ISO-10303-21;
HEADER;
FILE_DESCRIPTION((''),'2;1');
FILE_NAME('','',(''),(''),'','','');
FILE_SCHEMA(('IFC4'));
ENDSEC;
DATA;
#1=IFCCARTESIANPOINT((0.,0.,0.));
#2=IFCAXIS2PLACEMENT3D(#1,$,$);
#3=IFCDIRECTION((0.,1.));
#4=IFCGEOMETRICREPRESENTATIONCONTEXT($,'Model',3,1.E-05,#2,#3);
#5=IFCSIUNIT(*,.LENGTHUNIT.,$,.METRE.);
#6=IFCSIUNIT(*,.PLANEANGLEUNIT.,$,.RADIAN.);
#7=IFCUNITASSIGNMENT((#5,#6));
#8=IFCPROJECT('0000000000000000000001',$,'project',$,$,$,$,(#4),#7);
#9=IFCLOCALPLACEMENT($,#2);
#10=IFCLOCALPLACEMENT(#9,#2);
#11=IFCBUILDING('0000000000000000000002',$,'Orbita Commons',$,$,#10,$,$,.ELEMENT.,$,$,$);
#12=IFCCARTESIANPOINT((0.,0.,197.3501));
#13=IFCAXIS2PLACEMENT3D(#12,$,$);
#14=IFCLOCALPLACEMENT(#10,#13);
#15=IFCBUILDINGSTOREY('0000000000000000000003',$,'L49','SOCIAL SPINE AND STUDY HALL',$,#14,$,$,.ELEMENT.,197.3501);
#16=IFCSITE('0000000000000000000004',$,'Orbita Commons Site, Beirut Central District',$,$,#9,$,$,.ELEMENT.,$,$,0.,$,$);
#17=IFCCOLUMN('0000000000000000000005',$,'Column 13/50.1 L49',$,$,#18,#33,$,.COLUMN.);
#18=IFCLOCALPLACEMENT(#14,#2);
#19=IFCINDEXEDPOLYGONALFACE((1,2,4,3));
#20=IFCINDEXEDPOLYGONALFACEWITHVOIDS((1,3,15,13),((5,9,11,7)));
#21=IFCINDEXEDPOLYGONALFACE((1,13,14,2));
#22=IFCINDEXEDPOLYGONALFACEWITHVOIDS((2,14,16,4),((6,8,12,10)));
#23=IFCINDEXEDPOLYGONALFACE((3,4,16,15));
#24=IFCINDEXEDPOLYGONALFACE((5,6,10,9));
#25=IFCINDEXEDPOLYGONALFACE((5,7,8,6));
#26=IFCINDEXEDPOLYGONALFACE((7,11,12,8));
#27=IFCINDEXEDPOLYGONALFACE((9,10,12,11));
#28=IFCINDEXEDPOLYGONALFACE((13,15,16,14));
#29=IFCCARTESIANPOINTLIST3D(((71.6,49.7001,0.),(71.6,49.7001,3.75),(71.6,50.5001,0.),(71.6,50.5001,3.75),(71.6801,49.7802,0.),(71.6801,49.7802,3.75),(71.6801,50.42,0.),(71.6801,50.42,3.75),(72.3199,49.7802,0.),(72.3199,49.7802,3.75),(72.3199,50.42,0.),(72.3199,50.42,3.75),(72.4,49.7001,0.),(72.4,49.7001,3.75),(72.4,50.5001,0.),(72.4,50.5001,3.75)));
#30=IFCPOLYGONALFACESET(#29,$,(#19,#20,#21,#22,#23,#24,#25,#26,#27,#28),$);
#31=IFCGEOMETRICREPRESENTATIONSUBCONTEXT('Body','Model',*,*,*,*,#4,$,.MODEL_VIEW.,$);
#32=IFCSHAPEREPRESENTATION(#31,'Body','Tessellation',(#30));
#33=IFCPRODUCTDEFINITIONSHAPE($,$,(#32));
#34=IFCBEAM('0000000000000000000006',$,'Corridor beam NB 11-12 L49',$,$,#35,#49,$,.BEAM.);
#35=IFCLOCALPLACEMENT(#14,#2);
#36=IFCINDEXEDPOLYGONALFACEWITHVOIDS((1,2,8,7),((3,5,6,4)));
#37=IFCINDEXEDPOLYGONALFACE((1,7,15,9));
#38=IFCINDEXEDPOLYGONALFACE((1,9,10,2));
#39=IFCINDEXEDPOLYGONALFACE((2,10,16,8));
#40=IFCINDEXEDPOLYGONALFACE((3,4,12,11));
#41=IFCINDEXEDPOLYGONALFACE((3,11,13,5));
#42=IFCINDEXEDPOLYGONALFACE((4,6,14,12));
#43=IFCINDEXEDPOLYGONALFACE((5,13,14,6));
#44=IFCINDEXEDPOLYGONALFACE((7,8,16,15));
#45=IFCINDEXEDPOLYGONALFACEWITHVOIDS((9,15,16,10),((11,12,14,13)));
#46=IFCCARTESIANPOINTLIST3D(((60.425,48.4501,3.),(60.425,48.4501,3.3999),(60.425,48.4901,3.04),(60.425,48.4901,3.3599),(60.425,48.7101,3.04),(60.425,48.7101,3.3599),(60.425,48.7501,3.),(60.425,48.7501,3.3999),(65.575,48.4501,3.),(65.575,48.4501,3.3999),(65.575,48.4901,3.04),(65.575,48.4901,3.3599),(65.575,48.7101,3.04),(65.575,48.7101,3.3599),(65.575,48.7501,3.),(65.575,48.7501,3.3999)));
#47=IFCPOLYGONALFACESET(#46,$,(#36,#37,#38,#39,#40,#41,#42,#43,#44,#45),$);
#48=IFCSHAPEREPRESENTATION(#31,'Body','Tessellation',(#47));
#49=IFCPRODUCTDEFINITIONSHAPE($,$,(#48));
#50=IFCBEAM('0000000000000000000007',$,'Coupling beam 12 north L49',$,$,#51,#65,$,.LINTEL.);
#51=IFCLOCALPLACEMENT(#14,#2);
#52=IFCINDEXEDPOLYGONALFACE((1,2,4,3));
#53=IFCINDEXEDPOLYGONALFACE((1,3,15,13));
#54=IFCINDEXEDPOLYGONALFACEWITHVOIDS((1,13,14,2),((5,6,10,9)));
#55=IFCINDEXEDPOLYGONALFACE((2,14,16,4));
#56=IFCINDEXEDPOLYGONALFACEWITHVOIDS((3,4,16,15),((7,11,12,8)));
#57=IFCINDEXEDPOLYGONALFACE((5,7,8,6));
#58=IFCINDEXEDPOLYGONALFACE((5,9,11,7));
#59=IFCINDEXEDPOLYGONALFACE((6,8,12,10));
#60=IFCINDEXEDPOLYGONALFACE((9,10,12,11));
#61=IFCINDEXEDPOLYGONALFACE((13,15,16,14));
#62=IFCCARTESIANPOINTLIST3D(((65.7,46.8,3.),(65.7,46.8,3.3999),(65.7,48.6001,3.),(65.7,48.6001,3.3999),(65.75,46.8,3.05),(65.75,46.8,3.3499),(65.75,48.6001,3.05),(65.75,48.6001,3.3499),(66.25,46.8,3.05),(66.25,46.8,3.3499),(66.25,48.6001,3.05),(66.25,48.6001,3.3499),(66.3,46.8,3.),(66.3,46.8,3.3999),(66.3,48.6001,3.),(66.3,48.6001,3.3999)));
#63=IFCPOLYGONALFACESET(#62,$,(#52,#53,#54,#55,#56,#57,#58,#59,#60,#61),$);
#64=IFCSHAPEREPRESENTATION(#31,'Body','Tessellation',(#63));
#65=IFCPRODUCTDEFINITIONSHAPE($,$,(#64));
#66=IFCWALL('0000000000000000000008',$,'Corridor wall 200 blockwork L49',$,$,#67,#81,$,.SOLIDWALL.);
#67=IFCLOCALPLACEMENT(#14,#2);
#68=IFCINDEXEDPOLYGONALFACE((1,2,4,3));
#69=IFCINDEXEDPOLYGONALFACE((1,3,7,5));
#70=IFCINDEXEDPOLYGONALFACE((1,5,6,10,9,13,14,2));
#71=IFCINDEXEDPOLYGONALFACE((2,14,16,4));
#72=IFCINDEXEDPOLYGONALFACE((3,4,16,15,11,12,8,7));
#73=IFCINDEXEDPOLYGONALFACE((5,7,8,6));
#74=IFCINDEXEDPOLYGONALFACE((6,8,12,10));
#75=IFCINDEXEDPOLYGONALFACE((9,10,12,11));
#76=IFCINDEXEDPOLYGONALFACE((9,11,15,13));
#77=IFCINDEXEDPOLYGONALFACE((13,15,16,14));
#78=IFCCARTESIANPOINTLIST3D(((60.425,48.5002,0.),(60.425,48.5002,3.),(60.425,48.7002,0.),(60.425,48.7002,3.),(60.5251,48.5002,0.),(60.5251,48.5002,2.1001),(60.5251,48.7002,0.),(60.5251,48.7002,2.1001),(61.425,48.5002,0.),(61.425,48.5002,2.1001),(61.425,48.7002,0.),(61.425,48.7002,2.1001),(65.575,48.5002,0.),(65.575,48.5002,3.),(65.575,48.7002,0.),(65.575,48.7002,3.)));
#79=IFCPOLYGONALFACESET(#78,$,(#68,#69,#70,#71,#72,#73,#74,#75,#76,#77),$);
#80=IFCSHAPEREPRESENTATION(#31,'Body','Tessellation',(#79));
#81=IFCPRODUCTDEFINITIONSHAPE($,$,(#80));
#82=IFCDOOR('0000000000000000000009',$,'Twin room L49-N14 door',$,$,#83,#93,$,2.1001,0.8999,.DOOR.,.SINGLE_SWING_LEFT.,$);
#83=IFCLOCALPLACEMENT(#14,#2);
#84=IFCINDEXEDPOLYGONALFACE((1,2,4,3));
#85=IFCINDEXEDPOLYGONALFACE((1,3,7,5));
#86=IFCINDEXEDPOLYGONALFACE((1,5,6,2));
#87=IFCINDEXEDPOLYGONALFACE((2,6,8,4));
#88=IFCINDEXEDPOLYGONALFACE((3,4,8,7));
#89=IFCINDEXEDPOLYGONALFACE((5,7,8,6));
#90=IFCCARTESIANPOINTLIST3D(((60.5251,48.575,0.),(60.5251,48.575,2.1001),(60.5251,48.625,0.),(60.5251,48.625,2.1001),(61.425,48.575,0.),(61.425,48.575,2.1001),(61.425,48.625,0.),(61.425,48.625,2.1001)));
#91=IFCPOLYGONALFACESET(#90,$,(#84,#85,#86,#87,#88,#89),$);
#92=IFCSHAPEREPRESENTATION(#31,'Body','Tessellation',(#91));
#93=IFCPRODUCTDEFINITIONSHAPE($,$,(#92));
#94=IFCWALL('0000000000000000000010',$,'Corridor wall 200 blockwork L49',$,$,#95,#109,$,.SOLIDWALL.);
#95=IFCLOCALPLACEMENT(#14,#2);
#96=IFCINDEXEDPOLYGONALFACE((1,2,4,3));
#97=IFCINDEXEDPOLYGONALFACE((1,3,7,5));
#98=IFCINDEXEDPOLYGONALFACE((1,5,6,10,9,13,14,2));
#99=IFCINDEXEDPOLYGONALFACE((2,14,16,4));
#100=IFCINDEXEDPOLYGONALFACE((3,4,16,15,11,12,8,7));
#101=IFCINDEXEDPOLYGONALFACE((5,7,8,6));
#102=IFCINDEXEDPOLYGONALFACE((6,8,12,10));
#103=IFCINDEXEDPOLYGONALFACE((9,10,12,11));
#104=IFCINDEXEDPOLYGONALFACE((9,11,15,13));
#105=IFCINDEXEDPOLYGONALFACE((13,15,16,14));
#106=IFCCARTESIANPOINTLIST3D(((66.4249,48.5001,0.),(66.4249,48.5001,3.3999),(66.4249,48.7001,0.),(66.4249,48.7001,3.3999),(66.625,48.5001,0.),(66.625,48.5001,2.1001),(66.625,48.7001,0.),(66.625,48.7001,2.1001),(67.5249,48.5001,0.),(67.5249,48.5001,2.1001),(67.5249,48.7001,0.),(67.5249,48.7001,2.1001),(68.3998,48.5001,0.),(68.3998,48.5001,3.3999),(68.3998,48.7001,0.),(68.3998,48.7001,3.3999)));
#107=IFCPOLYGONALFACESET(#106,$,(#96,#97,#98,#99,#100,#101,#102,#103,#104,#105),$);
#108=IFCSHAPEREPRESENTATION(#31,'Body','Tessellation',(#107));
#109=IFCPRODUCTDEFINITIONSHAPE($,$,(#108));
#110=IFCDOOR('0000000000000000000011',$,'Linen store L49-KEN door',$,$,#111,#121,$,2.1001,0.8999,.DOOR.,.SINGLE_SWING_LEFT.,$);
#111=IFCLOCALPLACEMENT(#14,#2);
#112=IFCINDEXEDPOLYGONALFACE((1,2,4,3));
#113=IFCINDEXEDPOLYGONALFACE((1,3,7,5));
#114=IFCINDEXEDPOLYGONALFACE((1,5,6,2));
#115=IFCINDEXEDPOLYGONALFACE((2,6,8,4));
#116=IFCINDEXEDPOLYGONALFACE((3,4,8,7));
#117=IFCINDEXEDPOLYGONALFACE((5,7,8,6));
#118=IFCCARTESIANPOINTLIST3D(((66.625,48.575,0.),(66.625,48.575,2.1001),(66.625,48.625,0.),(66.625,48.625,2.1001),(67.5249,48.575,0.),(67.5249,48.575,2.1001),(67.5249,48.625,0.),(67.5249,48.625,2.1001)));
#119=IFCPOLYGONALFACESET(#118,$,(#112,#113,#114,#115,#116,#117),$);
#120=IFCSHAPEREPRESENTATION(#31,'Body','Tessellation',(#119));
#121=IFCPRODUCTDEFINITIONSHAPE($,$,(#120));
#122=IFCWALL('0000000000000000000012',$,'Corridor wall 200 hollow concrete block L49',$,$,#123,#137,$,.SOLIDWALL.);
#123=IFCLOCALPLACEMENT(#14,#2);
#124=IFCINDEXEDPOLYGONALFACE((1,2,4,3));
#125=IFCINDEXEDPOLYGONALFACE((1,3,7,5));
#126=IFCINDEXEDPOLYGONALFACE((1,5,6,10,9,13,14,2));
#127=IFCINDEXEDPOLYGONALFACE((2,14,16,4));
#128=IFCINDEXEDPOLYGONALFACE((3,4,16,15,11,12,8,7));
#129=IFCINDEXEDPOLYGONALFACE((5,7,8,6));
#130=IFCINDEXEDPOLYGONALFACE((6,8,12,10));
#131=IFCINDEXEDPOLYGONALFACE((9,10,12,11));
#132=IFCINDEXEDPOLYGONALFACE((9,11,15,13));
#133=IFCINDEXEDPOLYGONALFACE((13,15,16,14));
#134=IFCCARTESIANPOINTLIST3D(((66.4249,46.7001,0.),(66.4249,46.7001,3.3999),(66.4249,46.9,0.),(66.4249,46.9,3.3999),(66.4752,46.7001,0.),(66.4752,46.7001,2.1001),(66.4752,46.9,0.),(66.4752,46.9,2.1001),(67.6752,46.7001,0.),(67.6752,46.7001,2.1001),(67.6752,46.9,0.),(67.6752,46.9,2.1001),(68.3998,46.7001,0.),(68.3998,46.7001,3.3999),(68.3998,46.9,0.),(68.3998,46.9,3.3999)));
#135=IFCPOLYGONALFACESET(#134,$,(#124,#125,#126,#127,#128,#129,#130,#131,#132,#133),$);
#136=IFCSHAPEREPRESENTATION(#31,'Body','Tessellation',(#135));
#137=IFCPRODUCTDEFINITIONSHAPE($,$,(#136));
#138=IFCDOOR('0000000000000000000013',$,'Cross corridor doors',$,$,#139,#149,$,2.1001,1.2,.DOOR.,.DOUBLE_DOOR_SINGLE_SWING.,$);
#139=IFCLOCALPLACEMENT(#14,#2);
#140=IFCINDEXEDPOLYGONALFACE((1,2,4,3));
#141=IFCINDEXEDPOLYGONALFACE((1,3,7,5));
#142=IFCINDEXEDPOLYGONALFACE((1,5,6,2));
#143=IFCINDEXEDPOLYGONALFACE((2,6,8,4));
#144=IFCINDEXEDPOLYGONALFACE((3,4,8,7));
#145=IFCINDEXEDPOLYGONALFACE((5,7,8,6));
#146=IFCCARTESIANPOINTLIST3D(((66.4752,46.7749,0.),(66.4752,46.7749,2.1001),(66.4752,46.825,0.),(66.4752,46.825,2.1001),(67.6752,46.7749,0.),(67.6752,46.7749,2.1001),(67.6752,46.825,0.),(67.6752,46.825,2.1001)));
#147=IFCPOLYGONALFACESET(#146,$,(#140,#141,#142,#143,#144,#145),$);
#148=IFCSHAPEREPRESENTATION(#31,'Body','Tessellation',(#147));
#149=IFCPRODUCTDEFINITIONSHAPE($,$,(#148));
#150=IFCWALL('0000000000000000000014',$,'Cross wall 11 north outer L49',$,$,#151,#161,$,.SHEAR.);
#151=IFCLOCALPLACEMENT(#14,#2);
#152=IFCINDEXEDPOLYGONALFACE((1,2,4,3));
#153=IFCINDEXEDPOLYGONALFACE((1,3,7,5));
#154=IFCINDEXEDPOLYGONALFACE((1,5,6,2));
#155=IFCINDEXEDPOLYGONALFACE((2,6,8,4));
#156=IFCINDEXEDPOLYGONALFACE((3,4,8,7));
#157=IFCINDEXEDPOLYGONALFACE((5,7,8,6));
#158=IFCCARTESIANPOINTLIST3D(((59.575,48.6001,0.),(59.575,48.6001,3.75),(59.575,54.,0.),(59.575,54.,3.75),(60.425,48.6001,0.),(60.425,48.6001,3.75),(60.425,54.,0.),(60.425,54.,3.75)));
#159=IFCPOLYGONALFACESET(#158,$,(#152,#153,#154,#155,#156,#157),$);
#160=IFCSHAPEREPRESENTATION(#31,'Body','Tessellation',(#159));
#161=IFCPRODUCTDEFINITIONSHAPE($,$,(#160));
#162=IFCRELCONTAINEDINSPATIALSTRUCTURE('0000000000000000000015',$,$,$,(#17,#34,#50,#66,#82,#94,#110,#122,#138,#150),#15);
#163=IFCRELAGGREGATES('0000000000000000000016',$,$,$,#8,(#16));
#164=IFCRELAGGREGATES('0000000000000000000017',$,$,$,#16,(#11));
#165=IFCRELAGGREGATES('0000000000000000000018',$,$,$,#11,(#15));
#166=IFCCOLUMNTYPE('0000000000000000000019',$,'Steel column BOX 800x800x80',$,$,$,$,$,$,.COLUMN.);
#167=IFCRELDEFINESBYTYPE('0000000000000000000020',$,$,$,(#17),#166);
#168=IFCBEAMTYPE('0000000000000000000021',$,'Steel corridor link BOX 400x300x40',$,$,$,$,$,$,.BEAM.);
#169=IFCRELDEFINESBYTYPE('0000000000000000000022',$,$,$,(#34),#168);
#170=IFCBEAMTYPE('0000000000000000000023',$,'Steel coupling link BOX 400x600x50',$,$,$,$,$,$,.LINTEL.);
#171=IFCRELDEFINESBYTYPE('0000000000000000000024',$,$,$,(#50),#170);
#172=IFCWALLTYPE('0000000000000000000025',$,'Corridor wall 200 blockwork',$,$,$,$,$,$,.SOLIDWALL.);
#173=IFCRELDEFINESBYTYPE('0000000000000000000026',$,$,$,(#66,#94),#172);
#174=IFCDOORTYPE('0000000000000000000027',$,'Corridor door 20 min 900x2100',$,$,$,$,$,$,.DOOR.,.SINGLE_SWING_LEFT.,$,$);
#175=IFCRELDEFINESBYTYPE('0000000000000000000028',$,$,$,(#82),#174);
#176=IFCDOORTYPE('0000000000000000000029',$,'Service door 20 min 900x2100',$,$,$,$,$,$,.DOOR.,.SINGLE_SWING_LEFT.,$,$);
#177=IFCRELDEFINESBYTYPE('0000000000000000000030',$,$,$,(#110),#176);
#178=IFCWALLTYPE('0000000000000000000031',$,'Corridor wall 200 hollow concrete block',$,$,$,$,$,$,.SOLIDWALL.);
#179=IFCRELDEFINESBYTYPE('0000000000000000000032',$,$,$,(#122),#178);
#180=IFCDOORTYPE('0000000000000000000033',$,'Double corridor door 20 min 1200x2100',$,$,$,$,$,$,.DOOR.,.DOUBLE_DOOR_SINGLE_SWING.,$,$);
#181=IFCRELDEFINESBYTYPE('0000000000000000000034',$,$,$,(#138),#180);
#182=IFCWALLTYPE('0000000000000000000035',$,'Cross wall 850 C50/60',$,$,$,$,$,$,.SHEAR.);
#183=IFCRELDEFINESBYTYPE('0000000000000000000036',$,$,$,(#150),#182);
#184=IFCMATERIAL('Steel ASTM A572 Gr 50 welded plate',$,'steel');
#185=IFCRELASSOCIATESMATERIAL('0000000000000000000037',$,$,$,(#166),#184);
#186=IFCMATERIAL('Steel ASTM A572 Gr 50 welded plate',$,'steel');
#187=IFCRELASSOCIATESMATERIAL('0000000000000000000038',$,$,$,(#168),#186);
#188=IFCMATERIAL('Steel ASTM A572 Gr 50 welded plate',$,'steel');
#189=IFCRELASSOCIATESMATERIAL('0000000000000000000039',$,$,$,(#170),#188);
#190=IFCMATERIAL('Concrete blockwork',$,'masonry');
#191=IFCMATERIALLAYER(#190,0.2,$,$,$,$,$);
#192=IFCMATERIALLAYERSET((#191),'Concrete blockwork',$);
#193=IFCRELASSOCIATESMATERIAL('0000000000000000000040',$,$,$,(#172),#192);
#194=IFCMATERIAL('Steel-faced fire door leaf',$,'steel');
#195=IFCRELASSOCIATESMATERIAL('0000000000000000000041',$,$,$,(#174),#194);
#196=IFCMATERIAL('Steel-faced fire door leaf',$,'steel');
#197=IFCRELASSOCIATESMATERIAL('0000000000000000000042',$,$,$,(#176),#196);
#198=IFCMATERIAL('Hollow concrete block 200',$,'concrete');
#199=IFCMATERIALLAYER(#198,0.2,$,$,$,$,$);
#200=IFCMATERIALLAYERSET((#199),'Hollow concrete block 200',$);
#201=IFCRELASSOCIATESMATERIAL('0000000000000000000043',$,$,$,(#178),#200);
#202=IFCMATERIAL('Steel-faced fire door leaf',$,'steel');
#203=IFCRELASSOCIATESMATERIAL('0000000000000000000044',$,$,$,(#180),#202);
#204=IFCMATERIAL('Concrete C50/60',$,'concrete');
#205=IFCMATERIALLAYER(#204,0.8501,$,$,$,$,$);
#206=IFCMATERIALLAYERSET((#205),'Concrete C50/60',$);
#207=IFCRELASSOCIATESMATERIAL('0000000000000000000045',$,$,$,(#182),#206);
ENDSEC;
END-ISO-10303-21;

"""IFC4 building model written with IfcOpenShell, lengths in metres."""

from ifc_helpers import new_model, si_unit, direction, frame, frame_2d, origin, origin_2d, place, context, subcontext, project, spatial, polyline, rectangle, hollow_rectangle, outline, extrude, material, layer, layer_set, material_profile, profile_set, type_object, element, fill, save


model = new_model("IFC4")

# Units and contexts
model_context = context("Model", 3, precision=1e-05, world=origin(), true_north=direction((0.0, 1.0)))
body_context = subcontext(model_context, "Body", "Model", "MODEL_VIEW")
ifc_project = project(units=[si_unit("LENGTHUNIT", "METRE"), si_unit("PLANEANGLEUNIT", "RADIAN")], contexts=[model_context])

# Site, building, storey
site_placement = place(None, origin())
site = spatial("IfcSite", under=ifc_project, at=site_placement, Name="Orbita Commons Site, Beirut Central District", CompositionType="ELEMENT", RefElevation=0.0)
building_placement = place(site_placement, origin())
building = spatial("IfcBuilding", under=site, at=building_placement, Name="Orbita Commons", CompositionType="ELEMENT")
storey_placement = place(building_placement, frame((0.0, 0.0, 197.3501)))
storey = spatial("IfcBuildingStorey", under=building, at=storey_placement, Name="L49", Description="SOCIAL SPINE AND STUDY HALL", CompositionType="ELEMENT", Elevation=197.3501)

# Column
ifc_material_1 = material(Name="Steel ASTM A572 Gr 50 welded plate", Category="steel")
ifc_material_profile_1 = material_profile(ifc_material_1, hollow_rectangle(XDim=0.8, YDim=0.8, WallThickness=0.0801, at=origin_2d()), Name="BOX 800x800x80")
ifc_profile_set_1 = profile_set([ifc_material_profile_1], Name="Steel ASTM A572 Gr 50 welded plate")
column_type = type_object("IfcColumnType", Name="Steel column BOX 800x800x80", PredefinedType="COLUMN", material=ifc_profile_set_1)
column_placement = place(storey_placement, frame((72.0, 50.1001, 0.0), z_axis=(0.0, 0.0, 1.0), x_axis=(1.0, 0.0, 0.0)))
element("IfcColumn", 1, at=column_placement, inside=storey, type_object=column_type, Name="Column 13/50.1 L49", PredefinedType="COLUMN", context=body_context, shape_type="SweptSolid", body=[
    extrude(hollow_rectangle(XDim=0.8, YDim=0.8, WallThickness=0.0801, at=origin_2d()), origin(), (0.0, 0.0, 1.0), 3.75),
])

# Beams
ifc_material_2 = material(Name="Steel ASTM A572 Gr 50 welded plate", Category="steel")
ifc_material_profile_2 = material_profile(ifc_material_2, hollow_rectangle(XDim=0.3, YDim=0.3999, WallThickness=0.04, at=origin_2d()), Name="BOX 400x300x40")
ifc_profile_set_2 = profile_set([ifc_material_profile_2], Name="Steel ASTM A572 Gr 50 welded plate")
beam_type_1 = type_object("IfcBeamType", Name="Steel corridor link BOX 400x300x40", PredefinedType="BEAM", material=ifc_profile_set_2)
beam_1_placement = place(storey_placement, frame((60.425, 48.6001, 3.2), z_axis=(1.0, 0.0, 0.0), x_axis=(0.0, 1.0, 0.0)))
element("IfcBeam", 2, at=beam_1_placement, inside=storey, type_object=beam_type_1, Name="Corridor beam NB 11-12 L49", PredefinedType="BEAM", context=body_context, shape_type="SweptSolid", body=[
    extrude(hollow_rectangle(XDim=0.3, YDim=0.3999, WallThickness=0.04, at=origin_2d()), origin(), (0.0, 0.0, 1.0), 5.1499),
])
ifc_material_3 = material(Name="Steel ASTM A572 Gr 50 welded plate", Category="steel")
ifc_material_profile_3 = material_profile(ifc_material_3, hollow_rectangle(XDim=0.6001, YDim=0.3999, WallThickness=0.05, at=origin_2d()), Name="BOX 400x600x50")
ifc_profile_set_3 = profile_set([ifc_material_profile_3], Name="Steel ASTM A572 Gr 50 welded plate")
beam_type_2 = type_object("IfcBeamType", Name="Steel coupling link BOX 400x600x50", PredefinedType="LINTEL", material=ifc_profile_set_3)
beam_2_placement = place(storey_placement, frame((66.0, 46.8, 3.2), z_axis=(0.0, 1.0, 0.0), x_axis=(-1.0, 0.0, 0.0)))
element("IfcBeam", 3, at=beam_2_placement, inside=storey, type_object=beam_type_2, Name="Coupling beam 12 north L49", PredefinedType="LINTEL", context=body_context, shape_type="SweptSolid", body=[
    extrude(hollow_rectangle(XDim=0.6001, YDim=0.3999, WallThickness=0.05, at=origin_2d()), origin(), (0.0, 0.0, 1.0), 1.8),
])

# Walls, openings, doors
ifc_material_4 = material(Name="Concrete blockwork", Category="masonry")
ifc_layer_1 = layer(ifc_material_4, 0.2)
ifc_layer_set_1 = layer_set([ifc_layer_1], Name="Concrete blockwork")
wall_type_1 = type_object("IfcWallType", Name="Corridor wall 200 blockwork", PredefinedType="SOLIDWALL", material=ifc_layer_set_1)
wall_1_placement = place(storey_placement, frame((60.425, 48.6001, 0.0), z_axis=(0.0, 0.0, 1.0), x_axis=(1.0, 0.0, 0.0)))
wall_1 = element("IfcWall", 4, at=wall_1_placement, inside=storey, type_object=wall_type_1, Name="Corridor wall 200 blockwork L49", PredefinedType="SOLIDWALL", context=body_context, shape_type="SweptSolid", body=[
    extrude(outline(polyline([(0.0, 0.0), (5.1499, 0.0), (5.1499, 3.0), (0.0, 3.0), (0.0, 0.0)])), frame((0.0, 0.1001, 0.0), z_axis=(0.0, -1.0, 0.0), x_axis=(1.0, 0.0, 0.0)), (0.0, 0.0, 1.0), 0.2),
])
opening_1_placement = place(wall_1_placement, frame((0.1001, 0.0, 0.0)))
opening_1 = element("IfcOpeningElement", 5, at=opening_1_placement, cuts=wall_1, PredefinedType="OPENING", context=body_context, shape_type="SweptSolid", body=[
    extrude(rectangle(XDim=0.8999, YDim=2.1001, at=frame_2d((0.45, 1.05))), frame((0.0, 0.1099, 0.0), z_axis=(0.0, -1.0, 0.0), x_axis=(1.0, 0.0, 0.0)), (0.0, 0.0, 1.0), 0.22),
])
ifc_material_5 = material(Name="Steel-faced fire door leaf", Category="steel")
door_type_1 = type_object("IfcDoorType", Name="Corridor door 20 min 900x2100", OperationType="SINGLE_SWING_LEFT", PredefinedType="DOOR", material=ifc_material_5)
door_1_placement = place(opening_1_placement, origin())
door_1 = element("IfcDoor", 6, at=door_1_placement, inside=storey, type_object=door_type_1, Name="Twin room L49-N14 door", OperationType="SINGLE_SWING_LEFT", OverallHeight=2.1001, OverallWidth=0.8999, PredefinedType="DOOR", context=body_context, shape_type="SweptSolid", body=[
    extrude(rectangle(XDim=0.8999, YDim=2.1001, at=frame_2d((0.45, 1.05))), frame((0.0, 0.0249, 0.0), z_axis=(0.0, -1.0, 0.0), x_axis=(1.0, 0.0, 0.0)), (0.0, 0.0, 1.0), 0.05),
])
fill(opening_1, door_1)
wall_2_placement = place(storey_placement, frame((66.425, 48.6001, 0.0), z_axis=(0.0, 0.0, 1.0), x_axis=(1.0, 0.0, 0.0)))
wall_2 = element("IfcWall", 7, at=wall_2_placement, inside=storey, type_object=wall_type_1, Name="Corridor wall 200 blockwork L49", PredefinedType="SOLIDWALL", context=body_context, shape_type="SweptSolid", body=[
    extrude(rectangle(XDim=1.9749, YDim=0.2, at=frame_2d((0.9873, 0.0))), origin(), (0.0, 0.0, 1.0), 3.3999),
])
opening_2_placement = place(wall_2_placement, frame((0.2, 0.0, 0.0)))
opening_2 = element("IfcOpeningElement", 8, at=opening_2_placement, cuts=wall_2, PredefinedType="OPENING", context=body_context, shape_type="SweptSolid", body=[
    extrude(rectangle(XDim=0.8999, YDim=2.1001, at=frame_2d((0.45, 1.05))), frame((0.0, 0.1099, 0.0), z_axis=(0.0, -1.0, 0.0), x_axis=(1.0, 0.0, 0.0)), (0.0, 0.0, 1.0), 0.22),
])
ifc_material_6 = material(Name="Steel-faced fire door leaf", Category="steel")
door_type_2 = type_object("IfcDoorType", Name="Service door 20 min 900x2100", OperationType="SINGLE_SWING_LEFT", PredefinedType="DOOR", material=ifc_material_6)
door_2_placement = place(opening_2_placement, origin())
door_2 = element("IfcDoor", 9, at=door_2_placement, inside=storey, type_object=door_type_2, Name="Linen store L49-KEN door", OperationType="SINGLE_SWING_LEFT", OverallHeight=2.1001, OverallWidth=0.8999, PredefinedType="DOOR", context=body_context, shape_type="SweptSolid", body=[
    extrude(rectangle(XDim=0.8999, YDim=2.1001, at=frame_2d((0.45, 1.05))), frame((0.0, 0.0249, 0.0), z_axis=(0.0, -1.0, 0.0), x_axis=(1.0, 0.0, 0.0)), (0.0, 0.0, 1.0), 0.05),
])
fill(opening_2, door_2)
ifc_material_7 = material(Name="Hollow concrete block 200", Category="concrete")
ifc_layer_2 = layer(ifc_material_7, 0.2)
ifc_layer_set_2 = layer_set([ifc_layer_2], Name="Hollow concrete block 200")
wall_type_2 = type_object("IfcWallType", Name="Corridor wall 200 hollow concrete block", PredefinedType="SOLIDWALL", material=ifc_layer_set_2)
wall_3_placement = place(storey_placement, frame((66.425, 46.8, 0.0), z_axis=(0.0, 0.0, 1.0), x_axis=(1.0, 0.0, 0.0)))
wall_3 = element("IfcWall", 10, at=wall_3_placement, inside=storey, type_object=wall_type_2, Name="Corridor wall 200 hollow concrete block L49", PredefinedType="SOLIDWALL", context=body_context, shape_type="SweptSolid", body=[
    extrude(rectangle(XDim=1.9749, YDim=0.2, at=frame_2d((0.9873, 0.0))), origin(), (0.0, 0.0, 1.0), 3.3999),
])
opening_3_placement = place(wall_3_placement, frame((0.05, 0.0, 0.0)))
opening_3 = element("IfcOpeningElement", 11, at=opening_3_placement, cuts=wall_3, PredefinedType="OPENING", context=body_context, shape_type="SweptSolid", body=[
    extrude(rectangle(XDim=1.2, YDim=2.1001, at=frame_2d((0.6001, 1.05))), frame((0.0, 0.1099, 0.0), z_axis=(0.0, -1.0, 0.0), x_axis=(1.0, 0.0, 0.0)), (0.0, 0.0, 1.0), 0.22),
])
ifc_material_8 = material(Name="Steel-faced fire door leaf", Category="steel")
door_type_3 = type_object("IfcDoorType", Name="Double corridor door 20 min 1200x2100", OperationType="DOUBLE_DOOR_SINGLE_SWING", PredefinedType="DOOR", material=ifc_material_8)
door_3_placement = place(opening_3_placement, origin())
door_3 = element("IfcDoor", 12, at=door_3_placement, inside=storey, type_object=door_type_3, Name="Cross corridor doors", OperationType="DOUBLE_DOOR_SINGLE_SWING", OverallHeight=2.1001, OverallWidth=1.2, PredefinedType="DOOR", context=body_context, shape_type="SweptSolid", body=[
    extrude(rectangle(XDim=1.2, YDim=2.1001, at=frame_2d((0.6001, 1.05))), frame((0.0, 0.0249, 0.0), z_axis=(0.0, -1.0, 0.0), x_axis=(1.0, 0.0, 0.0)), (0.0, 0.0, 1.0), 0.05),
])
fill(opening_3, door_3)

# Wall
ifc_material_9 = material(Name="Concrete C50/60", Category="concrete")
ifc_layer_3 = layer(ifc_material_9, 0.8501)
ifc_layer_set_3 = layer_set([ifc_layer_3], Name="Concrete C50/60")
wall_type_3 = type_object("IfcWallType", Name="Cross wall 850 C50/60", PredefinedType="SHEAR", material=ifc_layer_set_3)
for number, where, z_axis, x_axis, name in (
    (13, (60.0, 48.6001, 0.0), (0.0, 0.0, 1.0), (0.0, 1.0, 0.0), "Cross wall 11 north outer L49"),
):
    element("IfcWall", number, at=place(storey_placement, frame(where, z_axis=z_axis, x_axis=x_axis)), inside=storey, type_object=wall_type_3, Name=name, PredefinedType="SHEAR", context=body_context, shape_type="SweptSolid", body=[
        extrude(rectangle(XDim=5.3999, YDim=0.8501, at=frame_2d((2.7, 0.0))), origin(), (0.0, 0.0, 1.0), 3.75),
    ])

save(model, "model.ifc")
